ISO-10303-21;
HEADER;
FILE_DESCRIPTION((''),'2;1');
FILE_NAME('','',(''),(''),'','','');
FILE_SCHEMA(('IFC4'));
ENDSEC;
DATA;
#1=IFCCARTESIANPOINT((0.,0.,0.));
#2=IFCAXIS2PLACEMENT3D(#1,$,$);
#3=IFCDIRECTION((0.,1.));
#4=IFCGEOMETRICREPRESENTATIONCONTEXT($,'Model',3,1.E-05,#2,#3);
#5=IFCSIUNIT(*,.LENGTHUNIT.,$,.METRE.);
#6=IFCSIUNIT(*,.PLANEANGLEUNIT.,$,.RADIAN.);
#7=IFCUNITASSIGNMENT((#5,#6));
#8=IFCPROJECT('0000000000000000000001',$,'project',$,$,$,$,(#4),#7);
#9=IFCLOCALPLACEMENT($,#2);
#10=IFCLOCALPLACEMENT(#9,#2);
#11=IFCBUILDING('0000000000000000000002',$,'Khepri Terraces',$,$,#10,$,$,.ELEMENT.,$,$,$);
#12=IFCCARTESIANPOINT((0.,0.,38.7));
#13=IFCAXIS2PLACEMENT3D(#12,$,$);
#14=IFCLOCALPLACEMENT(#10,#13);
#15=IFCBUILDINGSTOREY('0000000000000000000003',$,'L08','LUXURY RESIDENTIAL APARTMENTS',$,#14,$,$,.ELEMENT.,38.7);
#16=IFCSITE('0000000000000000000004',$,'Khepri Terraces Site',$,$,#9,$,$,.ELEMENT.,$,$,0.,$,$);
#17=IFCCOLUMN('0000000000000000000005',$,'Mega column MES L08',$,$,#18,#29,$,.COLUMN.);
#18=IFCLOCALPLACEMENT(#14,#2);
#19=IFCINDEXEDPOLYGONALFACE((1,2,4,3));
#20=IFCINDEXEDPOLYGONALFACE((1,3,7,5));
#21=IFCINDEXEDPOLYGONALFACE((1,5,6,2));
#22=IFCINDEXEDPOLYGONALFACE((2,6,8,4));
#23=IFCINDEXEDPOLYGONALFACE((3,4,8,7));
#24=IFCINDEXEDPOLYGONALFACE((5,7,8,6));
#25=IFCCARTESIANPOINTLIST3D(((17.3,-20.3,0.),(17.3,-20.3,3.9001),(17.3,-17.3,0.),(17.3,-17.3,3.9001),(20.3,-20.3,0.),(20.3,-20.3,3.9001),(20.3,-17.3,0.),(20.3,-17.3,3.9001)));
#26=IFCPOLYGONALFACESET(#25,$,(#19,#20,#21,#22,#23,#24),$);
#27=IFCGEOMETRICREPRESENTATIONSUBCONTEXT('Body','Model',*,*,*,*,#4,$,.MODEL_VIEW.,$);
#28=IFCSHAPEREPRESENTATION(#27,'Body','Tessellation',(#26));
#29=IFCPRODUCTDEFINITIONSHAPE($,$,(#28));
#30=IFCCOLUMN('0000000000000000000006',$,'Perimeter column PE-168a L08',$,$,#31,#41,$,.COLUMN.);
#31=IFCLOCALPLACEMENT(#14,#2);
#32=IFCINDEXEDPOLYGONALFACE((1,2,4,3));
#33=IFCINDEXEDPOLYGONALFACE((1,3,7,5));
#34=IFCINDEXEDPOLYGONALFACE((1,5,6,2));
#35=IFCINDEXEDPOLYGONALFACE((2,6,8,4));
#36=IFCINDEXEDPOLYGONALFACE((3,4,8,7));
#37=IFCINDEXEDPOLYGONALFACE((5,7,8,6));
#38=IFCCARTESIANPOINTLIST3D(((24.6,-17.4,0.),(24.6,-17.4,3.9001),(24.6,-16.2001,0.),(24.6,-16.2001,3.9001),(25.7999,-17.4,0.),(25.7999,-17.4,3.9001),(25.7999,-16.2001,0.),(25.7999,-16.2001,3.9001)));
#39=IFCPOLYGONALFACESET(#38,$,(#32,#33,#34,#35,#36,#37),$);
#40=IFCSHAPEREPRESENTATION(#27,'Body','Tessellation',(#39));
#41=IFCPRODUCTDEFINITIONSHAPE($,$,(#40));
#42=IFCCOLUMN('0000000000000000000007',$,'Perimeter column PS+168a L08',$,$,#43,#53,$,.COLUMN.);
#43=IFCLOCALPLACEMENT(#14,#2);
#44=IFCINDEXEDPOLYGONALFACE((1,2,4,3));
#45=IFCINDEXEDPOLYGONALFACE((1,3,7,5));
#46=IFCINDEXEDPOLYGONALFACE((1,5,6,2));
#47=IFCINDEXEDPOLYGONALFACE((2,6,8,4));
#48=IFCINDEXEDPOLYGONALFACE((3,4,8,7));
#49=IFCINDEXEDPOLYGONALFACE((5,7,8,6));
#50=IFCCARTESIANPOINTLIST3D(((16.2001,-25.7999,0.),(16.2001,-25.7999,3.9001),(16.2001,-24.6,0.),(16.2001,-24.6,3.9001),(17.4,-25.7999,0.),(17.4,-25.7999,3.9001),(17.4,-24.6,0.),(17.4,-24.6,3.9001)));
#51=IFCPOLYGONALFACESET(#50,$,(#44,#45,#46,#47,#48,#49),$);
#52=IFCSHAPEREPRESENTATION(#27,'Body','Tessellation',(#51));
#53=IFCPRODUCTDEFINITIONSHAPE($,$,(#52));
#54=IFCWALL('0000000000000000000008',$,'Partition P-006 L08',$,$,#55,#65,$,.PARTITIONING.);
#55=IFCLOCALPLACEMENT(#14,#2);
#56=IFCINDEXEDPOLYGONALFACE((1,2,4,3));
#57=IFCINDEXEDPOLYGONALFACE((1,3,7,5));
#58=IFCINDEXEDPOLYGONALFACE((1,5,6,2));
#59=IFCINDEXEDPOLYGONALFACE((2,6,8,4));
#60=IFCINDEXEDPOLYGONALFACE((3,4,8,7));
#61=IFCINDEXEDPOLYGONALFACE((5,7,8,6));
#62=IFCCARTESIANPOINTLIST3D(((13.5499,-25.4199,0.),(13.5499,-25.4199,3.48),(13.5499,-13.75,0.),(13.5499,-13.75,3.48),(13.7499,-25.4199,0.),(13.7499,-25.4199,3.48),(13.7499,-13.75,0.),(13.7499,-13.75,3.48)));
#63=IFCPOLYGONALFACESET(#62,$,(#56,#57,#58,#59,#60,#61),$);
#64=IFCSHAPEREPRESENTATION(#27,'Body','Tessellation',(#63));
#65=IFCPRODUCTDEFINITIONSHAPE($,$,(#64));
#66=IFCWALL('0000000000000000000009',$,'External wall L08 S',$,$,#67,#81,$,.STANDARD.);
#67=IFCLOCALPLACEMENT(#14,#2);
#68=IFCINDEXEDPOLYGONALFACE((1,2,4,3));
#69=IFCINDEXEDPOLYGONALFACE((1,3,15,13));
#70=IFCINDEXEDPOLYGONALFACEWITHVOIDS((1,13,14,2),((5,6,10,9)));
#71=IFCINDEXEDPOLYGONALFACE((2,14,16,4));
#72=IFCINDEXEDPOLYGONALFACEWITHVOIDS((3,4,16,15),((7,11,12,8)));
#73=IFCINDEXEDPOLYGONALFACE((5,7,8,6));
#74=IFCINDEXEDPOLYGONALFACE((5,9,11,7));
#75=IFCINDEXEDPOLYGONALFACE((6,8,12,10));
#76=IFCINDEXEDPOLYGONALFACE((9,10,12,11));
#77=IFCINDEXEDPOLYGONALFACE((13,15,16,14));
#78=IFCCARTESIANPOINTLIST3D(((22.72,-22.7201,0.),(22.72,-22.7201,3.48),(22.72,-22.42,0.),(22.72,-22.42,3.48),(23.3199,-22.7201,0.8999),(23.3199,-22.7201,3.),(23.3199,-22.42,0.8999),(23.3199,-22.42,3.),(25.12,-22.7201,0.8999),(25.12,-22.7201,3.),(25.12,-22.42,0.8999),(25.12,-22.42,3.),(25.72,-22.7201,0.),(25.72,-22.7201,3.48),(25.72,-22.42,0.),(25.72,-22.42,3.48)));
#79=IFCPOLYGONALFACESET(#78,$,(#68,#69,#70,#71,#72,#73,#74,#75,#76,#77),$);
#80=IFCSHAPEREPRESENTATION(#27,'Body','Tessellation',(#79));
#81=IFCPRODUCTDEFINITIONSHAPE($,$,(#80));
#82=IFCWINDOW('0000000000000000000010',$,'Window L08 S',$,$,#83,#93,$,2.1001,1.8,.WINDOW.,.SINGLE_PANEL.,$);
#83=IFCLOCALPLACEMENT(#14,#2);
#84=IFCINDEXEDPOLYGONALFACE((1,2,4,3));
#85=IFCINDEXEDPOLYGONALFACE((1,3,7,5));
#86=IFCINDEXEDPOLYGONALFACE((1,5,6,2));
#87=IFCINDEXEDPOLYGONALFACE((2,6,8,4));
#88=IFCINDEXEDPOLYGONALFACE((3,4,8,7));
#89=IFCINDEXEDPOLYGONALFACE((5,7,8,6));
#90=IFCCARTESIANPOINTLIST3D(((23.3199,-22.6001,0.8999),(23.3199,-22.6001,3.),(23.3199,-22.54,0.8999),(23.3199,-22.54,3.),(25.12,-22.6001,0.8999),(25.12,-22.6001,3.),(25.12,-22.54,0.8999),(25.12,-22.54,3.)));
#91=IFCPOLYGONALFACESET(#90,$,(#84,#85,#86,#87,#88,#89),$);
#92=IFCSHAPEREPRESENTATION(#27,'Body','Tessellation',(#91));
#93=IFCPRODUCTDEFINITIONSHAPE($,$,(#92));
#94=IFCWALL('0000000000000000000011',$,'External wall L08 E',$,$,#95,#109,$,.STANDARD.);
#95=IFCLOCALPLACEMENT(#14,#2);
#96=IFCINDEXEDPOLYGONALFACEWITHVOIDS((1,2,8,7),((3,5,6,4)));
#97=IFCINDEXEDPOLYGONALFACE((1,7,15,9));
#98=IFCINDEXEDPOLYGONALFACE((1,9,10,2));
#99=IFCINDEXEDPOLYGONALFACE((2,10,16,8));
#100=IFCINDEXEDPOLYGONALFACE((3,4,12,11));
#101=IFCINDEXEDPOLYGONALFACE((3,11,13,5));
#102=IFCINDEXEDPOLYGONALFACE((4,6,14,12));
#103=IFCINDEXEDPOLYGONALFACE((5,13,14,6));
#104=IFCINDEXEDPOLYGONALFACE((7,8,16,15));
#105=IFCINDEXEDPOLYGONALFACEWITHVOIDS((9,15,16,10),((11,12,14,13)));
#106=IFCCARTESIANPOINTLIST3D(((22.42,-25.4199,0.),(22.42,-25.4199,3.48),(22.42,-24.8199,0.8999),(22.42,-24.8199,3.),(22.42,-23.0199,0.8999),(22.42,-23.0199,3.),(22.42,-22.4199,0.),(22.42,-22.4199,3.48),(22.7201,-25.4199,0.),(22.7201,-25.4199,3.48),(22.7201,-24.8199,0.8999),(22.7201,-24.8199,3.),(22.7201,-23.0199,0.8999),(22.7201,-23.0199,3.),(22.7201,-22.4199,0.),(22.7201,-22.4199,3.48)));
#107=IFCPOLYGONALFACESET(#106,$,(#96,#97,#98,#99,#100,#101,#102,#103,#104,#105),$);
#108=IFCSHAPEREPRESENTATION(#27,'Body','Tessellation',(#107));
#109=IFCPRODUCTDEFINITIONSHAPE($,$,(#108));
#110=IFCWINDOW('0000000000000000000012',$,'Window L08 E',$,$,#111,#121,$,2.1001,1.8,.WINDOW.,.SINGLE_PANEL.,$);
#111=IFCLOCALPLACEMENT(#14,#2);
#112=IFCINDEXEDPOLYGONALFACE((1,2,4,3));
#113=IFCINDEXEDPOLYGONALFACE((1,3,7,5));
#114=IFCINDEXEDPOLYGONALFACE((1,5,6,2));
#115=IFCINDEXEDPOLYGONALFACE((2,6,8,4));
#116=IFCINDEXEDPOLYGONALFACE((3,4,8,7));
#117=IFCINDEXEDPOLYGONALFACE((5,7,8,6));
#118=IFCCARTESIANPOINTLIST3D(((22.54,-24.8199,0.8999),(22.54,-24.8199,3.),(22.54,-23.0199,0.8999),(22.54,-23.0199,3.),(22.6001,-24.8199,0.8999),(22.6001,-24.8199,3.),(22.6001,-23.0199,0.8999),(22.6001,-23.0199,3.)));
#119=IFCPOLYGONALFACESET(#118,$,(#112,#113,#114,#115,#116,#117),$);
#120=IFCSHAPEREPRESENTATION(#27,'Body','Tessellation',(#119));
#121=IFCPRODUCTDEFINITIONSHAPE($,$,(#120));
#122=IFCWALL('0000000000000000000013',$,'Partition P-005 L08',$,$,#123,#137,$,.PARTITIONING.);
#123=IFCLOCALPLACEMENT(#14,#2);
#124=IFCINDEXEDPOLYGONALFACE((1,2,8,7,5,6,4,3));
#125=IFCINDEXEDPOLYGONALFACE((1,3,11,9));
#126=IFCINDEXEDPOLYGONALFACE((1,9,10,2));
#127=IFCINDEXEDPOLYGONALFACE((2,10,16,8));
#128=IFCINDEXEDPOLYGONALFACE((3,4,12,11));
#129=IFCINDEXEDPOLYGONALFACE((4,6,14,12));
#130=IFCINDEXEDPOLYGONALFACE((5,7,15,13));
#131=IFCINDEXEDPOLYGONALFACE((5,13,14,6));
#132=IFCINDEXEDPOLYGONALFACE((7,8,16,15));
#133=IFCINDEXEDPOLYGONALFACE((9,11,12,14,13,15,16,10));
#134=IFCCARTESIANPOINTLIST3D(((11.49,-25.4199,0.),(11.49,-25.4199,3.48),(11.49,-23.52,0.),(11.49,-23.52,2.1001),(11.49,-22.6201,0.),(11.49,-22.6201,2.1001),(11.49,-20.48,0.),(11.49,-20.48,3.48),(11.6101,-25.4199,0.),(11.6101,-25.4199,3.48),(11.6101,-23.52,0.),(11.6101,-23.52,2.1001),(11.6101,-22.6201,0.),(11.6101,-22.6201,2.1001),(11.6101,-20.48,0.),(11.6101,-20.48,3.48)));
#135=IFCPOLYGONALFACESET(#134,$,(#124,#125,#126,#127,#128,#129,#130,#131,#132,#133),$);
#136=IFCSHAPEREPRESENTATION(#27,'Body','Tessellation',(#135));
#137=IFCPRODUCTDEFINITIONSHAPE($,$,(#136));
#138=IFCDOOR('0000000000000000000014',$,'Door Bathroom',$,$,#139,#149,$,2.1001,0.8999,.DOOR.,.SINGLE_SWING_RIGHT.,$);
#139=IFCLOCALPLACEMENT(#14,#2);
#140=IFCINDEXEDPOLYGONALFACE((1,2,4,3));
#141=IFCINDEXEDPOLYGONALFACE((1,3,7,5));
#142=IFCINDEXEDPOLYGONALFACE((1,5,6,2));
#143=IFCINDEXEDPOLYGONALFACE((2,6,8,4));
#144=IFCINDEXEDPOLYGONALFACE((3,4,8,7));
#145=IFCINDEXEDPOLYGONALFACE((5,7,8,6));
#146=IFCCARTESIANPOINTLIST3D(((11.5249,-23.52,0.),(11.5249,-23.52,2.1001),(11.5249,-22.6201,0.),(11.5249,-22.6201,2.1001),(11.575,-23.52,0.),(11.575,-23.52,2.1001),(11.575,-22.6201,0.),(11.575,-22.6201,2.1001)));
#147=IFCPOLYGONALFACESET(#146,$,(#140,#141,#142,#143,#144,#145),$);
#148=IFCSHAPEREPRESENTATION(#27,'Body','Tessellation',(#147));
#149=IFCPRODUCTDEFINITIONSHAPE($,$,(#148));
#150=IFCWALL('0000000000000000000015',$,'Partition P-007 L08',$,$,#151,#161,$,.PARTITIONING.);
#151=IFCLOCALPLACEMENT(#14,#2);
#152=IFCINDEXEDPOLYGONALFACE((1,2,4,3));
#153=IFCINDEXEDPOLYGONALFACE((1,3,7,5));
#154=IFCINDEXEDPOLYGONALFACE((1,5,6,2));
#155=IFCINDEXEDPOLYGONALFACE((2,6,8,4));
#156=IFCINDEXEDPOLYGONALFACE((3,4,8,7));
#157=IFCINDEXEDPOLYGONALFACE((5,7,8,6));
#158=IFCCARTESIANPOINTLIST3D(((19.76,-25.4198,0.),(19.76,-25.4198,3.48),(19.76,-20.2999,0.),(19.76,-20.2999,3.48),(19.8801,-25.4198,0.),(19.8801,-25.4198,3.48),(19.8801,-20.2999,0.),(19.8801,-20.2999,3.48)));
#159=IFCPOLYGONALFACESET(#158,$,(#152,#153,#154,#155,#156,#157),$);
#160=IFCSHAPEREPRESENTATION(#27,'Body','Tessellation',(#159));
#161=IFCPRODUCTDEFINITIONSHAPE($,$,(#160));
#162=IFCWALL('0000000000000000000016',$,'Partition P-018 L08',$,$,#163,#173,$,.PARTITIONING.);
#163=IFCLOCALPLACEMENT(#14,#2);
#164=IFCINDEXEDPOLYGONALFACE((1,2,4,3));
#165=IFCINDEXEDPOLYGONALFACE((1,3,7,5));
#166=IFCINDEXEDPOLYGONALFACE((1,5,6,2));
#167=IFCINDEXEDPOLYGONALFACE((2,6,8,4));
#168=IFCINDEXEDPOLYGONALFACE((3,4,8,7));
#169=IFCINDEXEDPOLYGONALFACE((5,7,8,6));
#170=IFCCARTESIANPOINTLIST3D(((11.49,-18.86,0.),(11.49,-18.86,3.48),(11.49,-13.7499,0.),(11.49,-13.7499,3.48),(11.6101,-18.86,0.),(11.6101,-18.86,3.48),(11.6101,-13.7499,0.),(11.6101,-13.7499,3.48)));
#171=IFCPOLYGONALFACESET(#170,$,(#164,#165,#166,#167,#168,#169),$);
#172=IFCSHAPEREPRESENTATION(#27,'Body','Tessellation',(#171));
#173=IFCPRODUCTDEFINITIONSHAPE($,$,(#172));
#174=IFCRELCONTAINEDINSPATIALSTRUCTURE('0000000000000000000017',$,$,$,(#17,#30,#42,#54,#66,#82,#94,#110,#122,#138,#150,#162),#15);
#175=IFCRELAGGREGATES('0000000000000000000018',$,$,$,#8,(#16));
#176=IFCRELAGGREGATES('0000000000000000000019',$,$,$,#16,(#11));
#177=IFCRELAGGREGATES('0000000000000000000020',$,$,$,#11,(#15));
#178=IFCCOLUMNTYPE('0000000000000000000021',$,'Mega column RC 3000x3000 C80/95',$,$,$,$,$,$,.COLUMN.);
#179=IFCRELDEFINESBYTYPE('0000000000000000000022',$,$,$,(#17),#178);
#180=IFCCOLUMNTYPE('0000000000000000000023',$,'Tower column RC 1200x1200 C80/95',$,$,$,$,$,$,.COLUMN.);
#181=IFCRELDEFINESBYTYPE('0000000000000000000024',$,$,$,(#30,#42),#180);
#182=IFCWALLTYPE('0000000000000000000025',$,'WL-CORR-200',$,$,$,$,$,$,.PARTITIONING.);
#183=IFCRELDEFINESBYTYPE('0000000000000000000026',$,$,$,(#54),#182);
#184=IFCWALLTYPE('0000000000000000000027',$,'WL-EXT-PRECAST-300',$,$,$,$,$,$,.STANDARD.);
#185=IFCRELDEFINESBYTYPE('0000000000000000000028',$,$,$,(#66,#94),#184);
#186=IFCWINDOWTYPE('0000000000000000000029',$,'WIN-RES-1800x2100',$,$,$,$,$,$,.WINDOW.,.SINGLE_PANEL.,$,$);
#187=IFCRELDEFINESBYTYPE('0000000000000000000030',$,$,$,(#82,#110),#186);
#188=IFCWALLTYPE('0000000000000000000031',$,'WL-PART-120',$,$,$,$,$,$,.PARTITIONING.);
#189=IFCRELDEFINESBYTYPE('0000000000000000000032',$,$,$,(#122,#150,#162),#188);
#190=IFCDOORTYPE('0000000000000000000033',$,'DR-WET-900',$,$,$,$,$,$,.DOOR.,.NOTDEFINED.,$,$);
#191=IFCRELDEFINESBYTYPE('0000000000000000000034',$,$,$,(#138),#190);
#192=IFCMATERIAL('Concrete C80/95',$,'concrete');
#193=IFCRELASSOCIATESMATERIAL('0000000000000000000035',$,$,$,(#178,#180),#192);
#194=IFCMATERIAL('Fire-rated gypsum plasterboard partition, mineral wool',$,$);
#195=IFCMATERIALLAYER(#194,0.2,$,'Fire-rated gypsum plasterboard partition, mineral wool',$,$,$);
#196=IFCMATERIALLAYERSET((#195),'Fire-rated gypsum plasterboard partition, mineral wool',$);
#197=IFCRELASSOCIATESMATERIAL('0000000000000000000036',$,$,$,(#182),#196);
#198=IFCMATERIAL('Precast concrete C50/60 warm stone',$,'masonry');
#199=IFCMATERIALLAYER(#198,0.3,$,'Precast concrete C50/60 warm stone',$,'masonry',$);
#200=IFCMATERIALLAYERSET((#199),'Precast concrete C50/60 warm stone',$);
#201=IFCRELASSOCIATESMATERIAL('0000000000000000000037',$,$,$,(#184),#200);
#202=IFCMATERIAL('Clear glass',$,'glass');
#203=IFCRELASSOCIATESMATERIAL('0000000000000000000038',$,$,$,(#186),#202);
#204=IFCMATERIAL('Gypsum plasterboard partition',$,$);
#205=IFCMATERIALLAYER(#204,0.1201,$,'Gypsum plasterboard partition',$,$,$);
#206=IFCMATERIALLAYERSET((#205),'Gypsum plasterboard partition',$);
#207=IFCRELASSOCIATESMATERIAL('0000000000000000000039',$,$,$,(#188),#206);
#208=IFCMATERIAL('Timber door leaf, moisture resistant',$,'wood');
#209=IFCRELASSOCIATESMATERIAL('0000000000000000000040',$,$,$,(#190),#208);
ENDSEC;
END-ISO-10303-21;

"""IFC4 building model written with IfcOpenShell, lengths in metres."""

from ifc_helpers import new_model, si_unit, direction, frame, frame_2d, origin, origin_2d, place, context, subcontext, project, spatial, rectangle, extrude, material, layer, layer_set, material_profile, profile_set, type_object, element, fill, save


model = new_model("IFC4")

# Units and contexts
model_context = context("Model", 3, precision=1e-05, world=origin(), true_north=direction((0.0, 1.0)))
body_context = subcontext(model_context, "Body", "Model", "MODEL_VIEW")
ifc_project = project(units=[si_unit("LENGTHUNIT", "METRE"), si_unit("PLANEANGLEUNIT", "RADIAN")], contexts=[model_context])

# Site, building, storey
site_placement = place(None, origin())
site = spatial("IfcSite", under=ifc_project, at=site_placement, Name="Khepri Terraces Site", CompositionType="ELEMENT", RefElevation=0.0)
building_placement = place(site_placement, origin())
building = spatial("IfcBuilding", under=site, at=building_placement, Name="Khepri Terraces", CompositionType="ELEMENT")
storey_placement = place(building_placement, frame((0.0, 0.0, 38.7)))
storey = spatial("IfcBuildingStorey", under=building, at=storey_placement, Name="L08", Description="LUXURY RESIDENTIAL APARTMENTS", CompositionType="ELEMENT", Elevation=38.7)

# Columns
ifc_material_1 = material(Name="Concrete C80/95", Category="concrete")
ifc_material_profile_1 = material_profile(ifc_material_1, rectangle(XDim=3.0, YDim=3.0, at=origin_2d()), Name="Concrete C80/95", Category="concrete")
ifc_profile_set_1 = profile_set([ifc_material_profile_1], Name="Concrete C80/95")
column_type_1 = type_object("IfcColumnType", Name="Mega column RC 3000x3000 C80/95", PredefinedType="COLUMN", material=ifc_profile_set_1)
column_placement = place(storey_placement, frame((18.8, -18.8, 0.0), z_axis=(0.0, 0.0, 1.0), x_axis=(1.0, 0.0, 0.0)))
element("IfcColumn", 1, at=column_placement, inside=storey, type_object=column_type_1, Name="Mega column MES L08", PredefinedType="COLUMN", context=body_context, shape_type="SweptSolid", body=[
    extrude(rectangle(XDim=3.0, YDim=3.0, at=origin_2d()), origin(), (0.0, 0.0, 1.0), 3.9001),
])
ifc_material_profile_2 = material_profile(ifc_material_1, rectangle(XDim=1.2, YDim=1.2, at=origin_2d()), Name="Concrete C80/95", Category="concrete")
ifc_profile_set_2 = profile_set([ifc_material_profile_2], Name="Concrete C80/95")
column_type_2 = type_object("IfcColumnType", Name="Tower column RC 1200x1200 C80/95", PredefinedType="COLUMN", material=ifc_profile_set_2)
for number, where, z_axis, x_axis, name in (
    (2, (25.2, -16.8, 0.0), (0.0, 0.0, 1.0), (1.0, 0.0, 0.0), "Perimeter column PE-168a L08"),
    (3, (16.8, -25.2, 0.0), (0.0, 0.0, 1.0), (1.0, 0.0, 0.0), "Perimeter column PS+168a L08"),
):
    element("IfcColumn", number, at=place(storey_placement, frame(where, z_axis=z_axis, x_axis=x_axis)), inside=storey, type_object=column_type_2, Name=name, PredefinedType="COLUMN", context=body_context, shape_type="SweptSolid", body=[
        extrude(rectangle(XDim=1.2, YDim=1.2, at=origin_2d()), origin(), (0.0, 0.0, 1.0), 3.9001),
    ])

# Wall
ifc_material_2 = material(Name="Fire-rated gypsum plasterboard partition, mineral wool")
ifc_layer_1 = layer(ifc_material_2, 0.2, Name="Fire-rated gypsum plasterboard partition, mineral wool")
ifc_layer_set_1 = layer_set([ifc_layer_1], Name="Fire-rated gypsum plasterboard partition, mineral wool")
wall_type_1 = type_object("IfcWallType", Name="WL-CORR-200", PredefinedType="PARTITIONING", material=ifc_layer_set_1)
wall_1_placement = place(storey_placement, frame((13.6499, -25.4199, 0.0), z_axis=(0.0, 0.0, 1.0), x_axis=(0.0, 1.0, 0.0)))
element("IfcWall", 4, at=wall_1_placement, inside=storey, type_object=wall_type_1, Name="Partition P-006 L08", PredefinedType="PARTITIONING", context=body_context, shape_type="SweptSolid", body=[
    extrude(rectangle(XDim=11.6699, YDim=0.2, at=frame_2d((5.835, 0.0))), origin(), (0.0, 0.0, 1.0), 3.48),
])

# Wall, opening, window
ifc_material_3 = material(Name="Precast concrete C50/60 warm stone", Category="masonry")
ifc_layer_2 = layer(ifc_material_3, 0.3, Name="Precast concrete C50/60 warm stone", Category="masonry")
ifc_layer_set_2 = layer_set([ifc_layer_2], Name="Precast concrete C50/60 warm stone")
wall_type_2 = type_object("IfcWallType", Name="WL-EXT-PRECAST-300", PredefinedType="STANDARD", material=ifc_layer_set_2)
wall_2_placement = place(storey_placement, frame((22.72, -22.5701, 0.0), z_axis=(0.0, 0.0, 1.0), x_axis=(1.0, 0.0, 0.0)))
wall_2 = element("IfcWall", 5, at=wall_2_placement, inside=storey, type_object=wall_type_2, Name="External wall L08 S", PredefinedType="STANDARD", context=body_context, shape_type="SweptSolid", body=[
    extrude(rectangle(XDim=3.0, YDim=0.3, at=frame_2d((1.5, 0.0))), origin(), (0.0, 0.0, 1.0), 3.48),
])
opening_1_placement = place(wall_2_placement, frame((0.6001, 0.0, 0.8999)))
opening_1 = element("IfcOpeningElement", 6, at=opening_1_placement, cuts=wall_2, PredefinedType="OPENING", context=body_context, shape_type="SweptSolid", body=[
    extrude(rectangle(XDim=1.8, YDim=2.1001, at=frame_2d((0.8999, 1.05))), frame((0.0, 0.1602, 0.0), z_axis=(0.0, -1.0, 0.0), x_axis=(1.0, 0.0, 0.0)), (0.0, 0.0, 1.0), 0.3201),
])
ifc_material_4 = material(Name="Clear glass", Category="glass")
window_type = type_object("IfcWindowType", Name="WIN-RES-1800x2100", PartitioningType="SINGLE_PANEL", PredefinedType="WINDOW", material=ifc_material_4)
window_1_placement = place(opening_1_placement, origin())
window_1 = element("IfcWindow", 7, at=window_1_placement, inside=storey, type_object=window_type, Name="Window L08 S", OverallHeight=2.1001, OverallWidth=1.8, PartitioningType="SINGLE_PANEL", PredefinedType="WINDOW", context=body_context, shape_type="SweptSolid", body=[
    extrude(rectangle(XDim=1.8, YDim=2.1001, at=frame_2d((0.8999, 1.05))), frame((0.0, 0.03, 0.0), z_axis=(0.0, -1.0, 0.0), x_axis=(1.0, 0.0, 0.0)), (0.0, 0.0, 1.0), 0.0601),
])
fill(opening_1, window_1)

# Wall, opening, window
wall_3_placement = place(storey_placement, frame((22.5701, -25.4199, 0.0), z_axis=(0.0, 0.0, 1.0), x_axis=(0.0, 1.0, 0.0)))
wall_3 = element("IfcWall", 8, at=wall_3_placement, inside=storey, type_object=wall_type_2, Name="External wall L08 E", PredefinedType="STANDARD", context=body_context, shape_type="SweptSolid", body=[
    extrude(rectangle(XDim=3.0, YDim=0.3, at=frame_2d((1.5, 0.0))), origin(), (0.0, 0.0, 1.0), 3.48),
])
opening_2_placement = place(wall_3_placement, frame((0.6001, 0.0, 0.8999)))
opening_2 = element("IfcOpeningElement", 9, at=opening_2_placement, cuts=wall_3, PredefinedType="OPENING", context=body_context, shape_type="SweptSolid", body=[
    extrude(rectangle(XDim=1.8, YDim=2.1001, at=frame_2d((0.8999, 1.05))), frame((0.0, 0.1602, 0.0), z_axis=(0.0, -1.0, 0.0), x_axis=(1.0, 0.0, 0.0)), (0.0, 0.0, 1.0), 0.3201),
])
window_2_placement = place(opening_2_placement, origin())
window_2 = element("IfcWindow", 10, at=window_2_placement, inside=storey, type_object=window_type, Name="Window L08 E", OverallHeight=2.1001, OverallWidth=1.8, PartitioningType="SINGLE_PANEL", PredefinedType="WINDOW", context=body_context, shape_type="SweptSolid", body=[
    extrude(rectangle(XDim=1.8, YDim=2.1001, at=frame_2d((0.8999, 1.05))), frame((0.0, 0.03, 0.0), z_axis=(0.0, -1.0, 0.0), x_axis=(1.0, 0.0, 0.0)), (0.0, 0.0, 1.0), 0.0601),
])
fill(opening_2, window_2)

# Wall, opening, door
ifc_material_5 = material(Name="Gypsum plasterboard partition")
ifc_layer_3 = layer(ifc_material_5, 0.1201, Name="Gypsum plasterboard partition")
ifc_layer_set_3 = layer_set([ifc_layer_3], Name="Gypsum plasterboard partition")
wall_type_3 = type_object("IfcWallType", Name="WL-PART-120", PredefinedType="PARTITIONING", material=ifc_layer_set_3)
wall_4_placement = place(storey_placement, frame((11.55, -25.4199, 0.0), z_axis=(0.0, 0.0, 1.0), x_axis=(0.0, 1.0, 0.0)))
wall_4 = element("IfcWall", 11, at=wall_4_placement, inside=storey, type_object=wall_type_3, Name="Partition P-005 L08", PredefinedType="PARTITIONING", context=body_context, shape_type="SweptSolid", body=[
    extrude(rectangle(XDim=4.9399, YDim=0.1201, at=frame_2d((2.47, 0.0))), origin(), (0.0, 0.0, 1.0), 3.48),
])
opening_3_placement = place(wall_4_placement, frame((1.8999, 0.0, 0.0)))
opening_3 = element("IfcOpeningElement", 12, at=opening_3_placement, cuts=wall_4, PredefinedType="OPENING", context=body_context, shape_type="SweptSolid", body=[
    extrude(rectangle(XDim=0.8999, YDim=2.1001, at=frame_2d((0.45, 1.05))), frame((0.0, 0.0701, 0.0), z_axis=(0.0, -1.0, 0.0), x_axis=(1.0, 0.0, 0.0)), (0.0, 0.0, 1.0), 0.1401),
])
ifc_material_6 = material(Name="Timber door leaf, moisture resistant", Category="wood")
door_type_1 = type_object("IfcDoorType", Name="DR-WET-900", OperationType="NOTDEFINED", PredefinedType="DOOR", material=ifc_material_6)
door_1_placement = place(opening_3_placement, frame((0.8999, 0.0, 0.0), z_axis=(0.0, 0.0, 1.0), x_axis=(-1.0, 0.0, 0.0)))
door_1 = element("IfcDoor", 13, at=door_1_placement, inside=storey, type_object=door_type_1, Name="Door Bathroom", OperationType="SINGLE_SWING_RIGHT", OverallHeight=2.1001, OverallWidth=0.8999, PredefinedType="DOOR", context=body_context, shape_type="SweptSolid", body=[
    extrude(rectangle(XDim=0.8999, YDim=2.1001, at=frame_2d((0.45, 1.05))), frame((0.0, 0.0249, 0.0), z_axis=(0.0, -1.0, 0.0), x_axis=(1.0, 0.0, 0.0)), (0.0, 0.0, 1.0), 0.05),
])
fill(opening_3, door_1)

# Walls
wall_5_placement = place(storey_placement, frame((19.8201, -25.4199, 0.0), z_axis=(0.0, 0.0, 1.0), x_axis=(0.0, 1.0, 0.0)))
element("IfcWall", 14, at=wall_5_placement, inside=storey, type_object=wall_type_3, Name="Partition P-007 L08", PredefinedType="PARTITIONING", context=body_context, shape_type="SweptSolid", body=[
    extrude(rectangle(XDim=5.1199, YDim=0.1201, at=frame_2d((2.5601, 0.0))), origin(), (0.0, 0.0, 1.0), 3.48),
])
wall_6_placement = place(storey_placement, frame((11.55, -18.8601, 0.0), z_axis=(0.0, 0.0, 1.0), x_axis=(0.0, 1.0, 0.0)))
element("IfcWall", 15, at=wall_6_placement, inside=storey, type_object=wall_type_3, Name="Partition P-018 L08", PredefinedType="PARTITIONING", context=body_context, shape_type="SweptSolid", body=[
    extrude(rectangle(XDim=5.1101, YDim=0.1201, at=frame_2d((2.5552, 0.0))), origin(), (0.0, 0.0, 1.0), 3.48),
])

save(model, "model.ifc")
